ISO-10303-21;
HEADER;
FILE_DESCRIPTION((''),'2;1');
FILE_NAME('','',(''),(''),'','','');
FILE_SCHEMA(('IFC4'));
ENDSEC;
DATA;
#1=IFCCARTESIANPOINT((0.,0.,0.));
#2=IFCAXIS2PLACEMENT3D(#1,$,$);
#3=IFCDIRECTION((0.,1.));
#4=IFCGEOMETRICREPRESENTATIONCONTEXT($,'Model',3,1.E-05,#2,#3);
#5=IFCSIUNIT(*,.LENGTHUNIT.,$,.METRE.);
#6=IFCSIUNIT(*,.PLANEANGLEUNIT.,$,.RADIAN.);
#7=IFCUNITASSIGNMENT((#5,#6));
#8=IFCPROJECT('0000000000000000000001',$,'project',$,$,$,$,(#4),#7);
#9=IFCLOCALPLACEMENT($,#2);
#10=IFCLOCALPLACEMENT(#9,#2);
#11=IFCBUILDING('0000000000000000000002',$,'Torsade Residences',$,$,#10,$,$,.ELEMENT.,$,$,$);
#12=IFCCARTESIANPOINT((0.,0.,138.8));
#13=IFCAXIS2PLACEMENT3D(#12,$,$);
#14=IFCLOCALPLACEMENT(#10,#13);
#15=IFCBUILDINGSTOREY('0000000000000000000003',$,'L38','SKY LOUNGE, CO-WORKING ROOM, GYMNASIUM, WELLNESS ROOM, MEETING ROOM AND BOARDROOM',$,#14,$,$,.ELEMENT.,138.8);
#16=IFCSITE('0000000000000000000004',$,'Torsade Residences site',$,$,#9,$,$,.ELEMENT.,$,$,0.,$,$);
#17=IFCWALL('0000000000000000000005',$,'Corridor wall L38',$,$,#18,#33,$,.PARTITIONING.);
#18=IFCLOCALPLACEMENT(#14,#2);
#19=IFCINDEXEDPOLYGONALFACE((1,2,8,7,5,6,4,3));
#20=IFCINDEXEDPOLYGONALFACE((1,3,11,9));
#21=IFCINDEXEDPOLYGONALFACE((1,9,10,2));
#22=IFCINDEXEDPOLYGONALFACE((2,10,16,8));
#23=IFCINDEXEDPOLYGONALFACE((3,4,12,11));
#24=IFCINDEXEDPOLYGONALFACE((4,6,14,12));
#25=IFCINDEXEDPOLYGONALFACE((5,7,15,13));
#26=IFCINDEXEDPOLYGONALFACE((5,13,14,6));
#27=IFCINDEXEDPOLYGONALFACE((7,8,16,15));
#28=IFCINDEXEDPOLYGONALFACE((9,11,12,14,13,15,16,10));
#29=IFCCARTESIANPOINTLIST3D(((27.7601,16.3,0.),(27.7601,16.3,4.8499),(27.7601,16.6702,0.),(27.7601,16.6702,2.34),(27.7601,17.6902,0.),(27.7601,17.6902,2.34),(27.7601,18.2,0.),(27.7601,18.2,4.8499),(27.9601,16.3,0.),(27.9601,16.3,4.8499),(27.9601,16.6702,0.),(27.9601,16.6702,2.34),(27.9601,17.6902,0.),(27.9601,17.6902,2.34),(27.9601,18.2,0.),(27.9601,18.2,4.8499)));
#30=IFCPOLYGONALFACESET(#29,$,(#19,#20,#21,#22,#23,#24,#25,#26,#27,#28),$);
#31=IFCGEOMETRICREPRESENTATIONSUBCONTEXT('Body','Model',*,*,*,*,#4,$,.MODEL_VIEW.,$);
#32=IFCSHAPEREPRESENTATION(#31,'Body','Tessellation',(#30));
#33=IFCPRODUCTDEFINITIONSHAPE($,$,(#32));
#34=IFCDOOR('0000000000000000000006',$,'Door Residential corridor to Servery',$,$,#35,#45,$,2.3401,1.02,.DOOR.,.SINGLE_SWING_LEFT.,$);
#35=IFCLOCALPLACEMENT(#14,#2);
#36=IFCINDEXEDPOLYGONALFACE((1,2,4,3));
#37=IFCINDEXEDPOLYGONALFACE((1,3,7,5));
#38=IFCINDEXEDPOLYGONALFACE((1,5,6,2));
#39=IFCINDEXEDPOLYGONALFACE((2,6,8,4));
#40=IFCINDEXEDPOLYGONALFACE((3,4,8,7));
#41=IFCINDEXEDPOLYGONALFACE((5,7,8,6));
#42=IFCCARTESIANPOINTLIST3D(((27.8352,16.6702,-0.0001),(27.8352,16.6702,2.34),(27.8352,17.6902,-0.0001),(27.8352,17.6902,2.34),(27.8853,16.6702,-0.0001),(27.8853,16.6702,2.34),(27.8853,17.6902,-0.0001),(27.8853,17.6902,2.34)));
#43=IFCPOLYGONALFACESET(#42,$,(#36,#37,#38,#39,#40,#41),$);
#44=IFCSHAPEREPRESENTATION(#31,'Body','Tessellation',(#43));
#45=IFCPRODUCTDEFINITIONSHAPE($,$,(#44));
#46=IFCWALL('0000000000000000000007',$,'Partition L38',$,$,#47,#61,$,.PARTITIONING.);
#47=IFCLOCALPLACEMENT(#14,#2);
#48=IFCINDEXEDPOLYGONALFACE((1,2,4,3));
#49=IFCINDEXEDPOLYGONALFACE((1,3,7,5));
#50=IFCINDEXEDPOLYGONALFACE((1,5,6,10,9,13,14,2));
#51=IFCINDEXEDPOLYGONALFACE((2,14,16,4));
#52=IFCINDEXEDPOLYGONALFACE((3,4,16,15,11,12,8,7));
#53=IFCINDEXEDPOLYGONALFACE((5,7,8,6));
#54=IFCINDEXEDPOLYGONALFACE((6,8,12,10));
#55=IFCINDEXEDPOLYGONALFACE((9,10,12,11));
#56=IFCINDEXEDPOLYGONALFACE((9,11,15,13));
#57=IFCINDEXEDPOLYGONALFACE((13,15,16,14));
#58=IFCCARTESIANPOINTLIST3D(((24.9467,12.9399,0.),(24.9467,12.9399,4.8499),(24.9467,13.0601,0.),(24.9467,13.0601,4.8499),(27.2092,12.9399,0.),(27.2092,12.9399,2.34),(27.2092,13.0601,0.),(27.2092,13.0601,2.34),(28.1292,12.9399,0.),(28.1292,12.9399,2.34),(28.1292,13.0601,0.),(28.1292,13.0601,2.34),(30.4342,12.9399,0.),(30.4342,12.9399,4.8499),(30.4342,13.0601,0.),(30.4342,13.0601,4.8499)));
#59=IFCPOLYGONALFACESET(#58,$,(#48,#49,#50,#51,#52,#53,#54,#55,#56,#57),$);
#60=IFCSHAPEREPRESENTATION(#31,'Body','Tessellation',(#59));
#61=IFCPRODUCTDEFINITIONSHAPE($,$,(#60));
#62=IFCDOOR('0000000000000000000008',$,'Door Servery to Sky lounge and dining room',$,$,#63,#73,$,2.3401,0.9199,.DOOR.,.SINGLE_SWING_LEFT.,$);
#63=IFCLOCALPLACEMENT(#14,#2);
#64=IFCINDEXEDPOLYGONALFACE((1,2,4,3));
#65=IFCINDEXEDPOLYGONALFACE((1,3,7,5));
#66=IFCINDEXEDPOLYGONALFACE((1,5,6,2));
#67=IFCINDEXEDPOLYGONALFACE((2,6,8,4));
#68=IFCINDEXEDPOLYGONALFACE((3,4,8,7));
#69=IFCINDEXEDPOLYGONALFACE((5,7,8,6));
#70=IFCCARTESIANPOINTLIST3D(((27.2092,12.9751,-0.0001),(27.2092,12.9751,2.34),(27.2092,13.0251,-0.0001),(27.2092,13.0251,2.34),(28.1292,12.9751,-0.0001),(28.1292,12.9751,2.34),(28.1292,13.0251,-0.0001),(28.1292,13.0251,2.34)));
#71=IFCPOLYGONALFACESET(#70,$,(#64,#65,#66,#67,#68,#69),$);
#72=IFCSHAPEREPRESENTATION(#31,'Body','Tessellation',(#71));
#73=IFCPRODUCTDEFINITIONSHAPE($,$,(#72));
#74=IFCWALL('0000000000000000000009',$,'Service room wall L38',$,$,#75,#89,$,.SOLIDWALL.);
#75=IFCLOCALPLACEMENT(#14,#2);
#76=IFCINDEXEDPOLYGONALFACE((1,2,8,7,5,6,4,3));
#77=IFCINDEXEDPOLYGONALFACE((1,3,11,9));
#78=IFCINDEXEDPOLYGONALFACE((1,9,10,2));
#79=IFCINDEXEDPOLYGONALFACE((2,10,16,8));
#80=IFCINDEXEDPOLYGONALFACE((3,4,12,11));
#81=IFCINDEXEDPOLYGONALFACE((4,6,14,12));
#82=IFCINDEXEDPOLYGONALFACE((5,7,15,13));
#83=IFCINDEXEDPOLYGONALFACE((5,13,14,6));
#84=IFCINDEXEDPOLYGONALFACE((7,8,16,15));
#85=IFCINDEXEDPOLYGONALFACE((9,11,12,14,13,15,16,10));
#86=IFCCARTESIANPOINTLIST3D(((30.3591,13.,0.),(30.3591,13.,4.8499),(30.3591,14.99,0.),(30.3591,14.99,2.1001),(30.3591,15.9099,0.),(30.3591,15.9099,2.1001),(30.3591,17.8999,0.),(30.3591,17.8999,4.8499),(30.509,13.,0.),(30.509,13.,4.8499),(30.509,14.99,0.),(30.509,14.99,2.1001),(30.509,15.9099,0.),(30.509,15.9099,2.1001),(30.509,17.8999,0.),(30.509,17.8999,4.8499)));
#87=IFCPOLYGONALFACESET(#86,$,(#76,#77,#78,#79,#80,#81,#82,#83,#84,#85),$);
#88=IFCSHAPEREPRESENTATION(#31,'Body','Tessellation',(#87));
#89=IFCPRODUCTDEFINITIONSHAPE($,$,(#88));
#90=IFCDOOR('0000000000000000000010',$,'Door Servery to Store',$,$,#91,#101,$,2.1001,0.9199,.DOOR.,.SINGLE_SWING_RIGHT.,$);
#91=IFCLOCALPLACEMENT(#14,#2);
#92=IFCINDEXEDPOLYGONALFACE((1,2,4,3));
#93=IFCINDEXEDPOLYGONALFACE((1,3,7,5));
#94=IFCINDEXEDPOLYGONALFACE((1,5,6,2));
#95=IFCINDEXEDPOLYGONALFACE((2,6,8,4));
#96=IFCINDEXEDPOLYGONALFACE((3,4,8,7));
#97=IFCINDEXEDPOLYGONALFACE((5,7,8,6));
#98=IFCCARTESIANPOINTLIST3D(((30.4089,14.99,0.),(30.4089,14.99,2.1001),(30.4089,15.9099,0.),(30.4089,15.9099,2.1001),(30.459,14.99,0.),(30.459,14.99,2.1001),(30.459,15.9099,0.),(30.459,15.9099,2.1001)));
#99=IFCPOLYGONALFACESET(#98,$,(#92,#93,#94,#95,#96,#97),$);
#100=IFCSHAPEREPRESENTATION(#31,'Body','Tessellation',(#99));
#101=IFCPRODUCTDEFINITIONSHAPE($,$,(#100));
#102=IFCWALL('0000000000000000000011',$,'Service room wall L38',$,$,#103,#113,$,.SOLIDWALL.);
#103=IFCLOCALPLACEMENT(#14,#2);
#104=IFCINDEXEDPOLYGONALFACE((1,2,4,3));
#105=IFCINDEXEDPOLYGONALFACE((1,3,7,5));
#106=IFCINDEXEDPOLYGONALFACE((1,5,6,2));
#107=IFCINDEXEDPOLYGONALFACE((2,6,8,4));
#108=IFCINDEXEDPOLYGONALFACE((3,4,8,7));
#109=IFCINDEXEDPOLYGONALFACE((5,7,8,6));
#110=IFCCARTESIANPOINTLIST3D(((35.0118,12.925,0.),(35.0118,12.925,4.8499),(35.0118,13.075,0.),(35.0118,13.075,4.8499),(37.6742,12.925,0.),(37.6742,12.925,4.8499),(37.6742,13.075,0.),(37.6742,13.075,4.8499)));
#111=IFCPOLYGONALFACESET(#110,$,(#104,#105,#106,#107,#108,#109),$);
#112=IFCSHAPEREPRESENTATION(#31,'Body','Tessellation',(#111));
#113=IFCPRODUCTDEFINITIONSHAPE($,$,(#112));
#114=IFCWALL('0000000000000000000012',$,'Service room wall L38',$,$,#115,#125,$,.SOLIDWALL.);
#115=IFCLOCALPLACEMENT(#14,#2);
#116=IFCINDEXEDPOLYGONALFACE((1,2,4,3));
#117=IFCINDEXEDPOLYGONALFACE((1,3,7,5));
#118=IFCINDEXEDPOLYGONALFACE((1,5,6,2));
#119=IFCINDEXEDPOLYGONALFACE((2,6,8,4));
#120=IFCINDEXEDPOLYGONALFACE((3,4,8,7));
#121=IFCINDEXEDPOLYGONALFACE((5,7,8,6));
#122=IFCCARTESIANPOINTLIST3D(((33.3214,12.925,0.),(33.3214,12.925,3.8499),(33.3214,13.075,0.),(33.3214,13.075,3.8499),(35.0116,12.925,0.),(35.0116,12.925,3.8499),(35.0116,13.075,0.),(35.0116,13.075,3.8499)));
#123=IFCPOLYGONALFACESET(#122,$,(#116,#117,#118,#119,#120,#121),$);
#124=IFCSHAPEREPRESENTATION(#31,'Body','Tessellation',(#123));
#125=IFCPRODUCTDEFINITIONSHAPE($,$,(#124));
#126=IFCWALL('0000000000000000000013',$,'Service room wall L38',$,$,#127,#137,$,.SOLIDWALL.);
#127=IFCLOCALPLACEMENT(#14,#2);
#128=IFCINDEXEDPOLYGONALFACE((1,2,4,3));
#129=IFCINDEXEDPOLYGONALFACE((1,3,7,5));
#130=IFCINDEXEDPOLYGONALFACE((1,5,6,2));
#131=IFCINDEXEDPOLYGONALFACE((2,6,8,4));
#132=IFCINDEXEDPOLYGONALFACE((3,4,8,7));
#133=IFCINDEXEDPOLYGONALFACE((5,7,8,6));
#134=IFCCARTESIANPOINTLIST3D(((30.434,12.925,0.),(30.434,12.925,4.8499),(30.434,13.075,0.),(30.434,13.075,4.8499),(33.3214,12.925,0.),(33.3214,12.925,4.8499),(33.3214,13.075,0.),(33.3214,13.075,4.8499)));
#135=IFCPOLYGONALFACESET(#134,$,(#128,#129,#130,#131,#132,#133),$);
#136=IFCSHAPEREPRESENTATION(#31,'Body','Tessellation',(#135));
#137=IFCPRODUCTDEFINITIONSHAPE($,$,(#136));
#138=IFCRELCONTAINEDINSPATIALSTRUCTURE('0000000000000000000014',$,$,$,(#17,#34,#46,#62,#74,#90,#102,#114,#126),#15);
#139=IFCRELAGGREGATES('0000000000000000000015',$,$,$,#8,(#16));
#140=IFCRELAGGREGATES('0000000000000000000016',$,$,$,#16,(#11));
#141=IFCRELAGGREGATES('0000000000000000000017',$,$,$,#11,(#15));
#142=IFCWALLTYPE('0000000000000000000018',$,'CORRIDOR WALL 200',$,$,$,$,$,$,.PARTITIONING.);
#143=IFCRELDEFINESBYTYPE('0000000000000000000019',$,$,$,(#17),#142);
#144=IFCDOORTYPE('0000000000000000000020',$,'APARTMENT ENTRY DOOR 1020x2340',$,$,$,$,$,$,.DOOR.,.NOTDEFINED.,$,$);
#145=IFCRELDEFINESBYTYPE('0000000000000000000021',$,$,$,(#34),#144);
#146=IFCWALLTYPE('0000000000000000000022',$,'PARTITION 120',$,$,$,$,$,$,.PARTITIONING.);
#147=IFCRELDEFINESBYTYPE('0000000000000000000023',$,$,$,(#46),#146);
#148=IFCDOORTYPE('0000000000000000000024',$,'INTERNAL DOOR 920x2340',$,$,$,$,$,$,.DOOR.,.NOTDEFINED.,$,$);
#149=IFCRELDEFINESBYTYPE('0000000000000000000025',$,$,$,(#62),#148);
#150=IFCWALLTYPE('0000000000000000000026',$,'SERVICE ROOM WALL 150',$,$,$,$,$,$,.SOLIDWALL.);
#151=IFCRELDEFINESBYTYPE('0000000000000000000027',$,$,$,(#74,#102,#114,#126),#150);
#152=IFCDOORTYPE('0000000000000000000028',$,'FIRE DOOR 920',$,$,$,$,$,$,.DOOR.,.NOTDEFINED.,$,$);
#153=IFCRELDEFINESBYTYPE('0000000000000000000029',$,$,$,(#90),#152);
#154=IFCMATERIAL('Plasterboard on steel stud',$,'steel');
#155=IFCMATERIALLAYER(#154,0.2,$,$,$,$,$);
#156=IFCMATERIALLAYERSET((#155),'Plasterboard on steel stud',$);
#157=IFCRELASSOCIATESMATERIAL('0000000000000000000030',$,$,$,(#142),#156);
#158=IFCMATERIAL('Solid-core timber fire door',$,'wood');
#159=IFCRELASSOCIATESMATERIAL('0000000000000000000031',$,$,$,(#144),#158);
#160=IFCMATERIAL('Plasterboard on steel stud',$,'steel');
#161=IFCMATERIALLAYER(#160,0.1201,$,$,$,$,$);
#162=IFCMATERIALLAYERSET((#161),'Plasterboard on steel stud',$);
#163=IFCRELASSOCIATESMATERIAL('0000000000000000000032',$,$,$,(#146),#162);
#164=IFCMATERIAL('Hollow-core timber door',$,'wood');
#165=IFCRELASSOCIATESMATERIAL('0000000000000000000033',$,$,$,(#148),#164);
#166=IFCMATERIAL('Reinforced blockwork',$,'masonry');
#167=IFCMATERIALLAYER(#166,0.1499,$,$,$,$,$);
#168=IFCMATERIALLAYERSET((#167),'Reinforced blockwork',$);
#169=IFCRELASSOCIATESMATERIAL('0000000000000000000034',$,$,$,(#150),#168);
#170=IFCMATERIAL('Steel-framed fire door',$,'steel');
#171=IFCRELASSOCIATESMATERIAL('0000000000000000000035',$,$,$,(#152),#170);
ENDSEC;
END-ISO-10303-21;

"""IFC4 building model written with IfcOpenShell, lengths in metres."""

from ifc_helpers import new_model, si_unit, direction, frame, frame_2d, origin, place, context, subcontext, project, spatial, rectangle, extrude, material, layer, layer_set, type_object, element, fill, save


model = new_model("IFC4")

# Units and contexts
model_context = context("Model", 3, precision=1e-05, world=origin(), true_north=direction((0.0, 1.0)))
body_context = subcontext(model_context, "Body", "Model", "MODEL_VIEW")
ifc_project = project(units=[si_unit("LENGTHUNIT", "METRE"), si_unit("PLANEANGLEUNIT", "RADIAN")], contexts=[model_context])

# Site, building, storey
site_placement = place(None, origin())
site = spatial("IfcSite", under=ifc_project, at=site_placement, Name="Torsade Residences site", CompositionType="ELEMENT", RefElevation=0.0)
building_placement = place(site_placement, origin())
building = spatial("IfcBuilding", under=site, at=building_placement, Name="Torsade Residences", CompositionType="ELEMENT")
storey_placement = place(building_placement, frame((0.0, 0.0, 138.8)))
storey = spatial("IfcBuildingStorey", under=building, at=storey_placement, Name="L38", Description="SKY LOUNGE, CO-WORKING ROOM, GYMNASIUM, WELLNESS ROOM, MEETING ROOM AND BOARDROOM", CompositionType="ELEMENT", Elevation=138.8)

# Shared definitions
ifc_material_1 = material(Name="Plasterboard on steel stud", Category="steel")
ifc_layer_1 = layer(ifc_material_1, 0.2)
ifc_layer_set_1 = layer_set([ifc_layer_1], Name="Plasterboard on steel stud")
wall_type_1 = type_object("IfcWallType", Name="CORRIDOR WALL 200", PredefinedType="PARTITIONING", material=ifc_layer_set_1)
ifc_material_2 = material(Name="Solid-core timber fire door", Category="wood")
door_type_1 = type_object("IfcDoorType", Name="APARTMENT ENTRY DOOR 1020x2340", OperationType="NOTDEFINED", PredefinedType="DOOR", material=ifc_material_2)

# Walls, openings, doors
wall_1_placement = place(storey_placement, frame((27.8601, 16.3, 0.0), z_axis=(0.0, 0.0, 1.0), x_axis=(0.0, 1.0, 0.0)))
wall_1 = element("IfcWall", 1, at=wall_1_placement, inside=storey, type_object=wall_type_1, Name="Corridor wall L38", PredefinedType="PARTITIONING", context=body_context, shape_type="SweptSolid", body=[
    extrude(rectangle(XDim=1.8999, YDim=0.2, at=frame_2d((0.95, 0.0))), origin(), (0.0, 0.0, 1.0), 4.8499),
])
opening_1_placement = place(wall_1_placement, frame((0.3701, 0.0, 0.0)))
opening_1 = element("IfcOpeningElement", 2, at=opening_1_placement, cuts=wall_1, PredefinedType="OPENING", context=body_context, shape_type="SweptSolid", body=[
    extrude(rectangle(XDim=1.02, YDim=2.3401, at=frame_2d((0.51, 1.1699))), frame((0.0, 0.1099, 0.0), z_axis=(0.0, -1.0, 0.0), x_axis=(1.0, 0.0, 0.0)), (0.0, 0.0, 1.0), 0.22),
])
door_1_placement = place(opening_1_placement, origin())
door_1 = element("IfcDoor", 3, at=door_1_placement, inside=storey, type_object=door_type_1, Name="Door Residential corridor to Servery", OperationType="SINGLE_SWING_LEFT", OverallHeight=2.3401, OverallWidth=1.02, PredefinedType="DOOR", context=body_context, shape_type="SweptSolid", body=[
    extrude(rectangle(XDim=1.02, YDim=2.3401, at=frame_2d((0.51, 1.1699))), frame((0.0, 0.0249, 0.0), z_axis=(0.0, -1.0, 0.0), x_axis=(1.0, 0.0, 0.0)), (0.0, 0.0, 1.0), 0.05),
])
fill(opening_1, door_1)
ifc_material_3 = material(Name="Plasterboard on steel stud", Category="steel")
ifc_layer_2 = layer(ifc_material_3, 0.1201)
ifc_layer_set_2 = layer_set([ifc_layer_2], Name="Plasterboard on steel stud")
wall_type_2 = type_object("IfcWallType", Name="PARTITION 120", PredefinedType="PARTITIONING", material=ifc_layer_set_2)
wall_2_placement = place(storey_placement, frame((30.4341, 13.0, 0.0), z_axis=(0.0, 0.0, 1.0), x_axis=(-1.0, 0.0, 0.0)))
wall_2 = element("IfcWall", 4, at=wall_2_placement, inside=storey, type_object=wall_type_2, Name="Partition L38", PredefinedType="PARTITIONING", context=body_context, shape_type="SweptSolid", body=[
    extrude(rectangle(XDim=5.4875, YDim=0.1201, at=frame_2d((2.7437, 0.0))), origin(), (0.0, 0.0, 1.0), 4.8499),
])
opening_2_placement = place(wall_2_placement, frame((2.3049, 0.0, 0.0)))
opening_2 = element("IfcOpeningElement", 5, at=opening_2_placement, cuts=wall_2, PredefinedType="OPENING", context=body_context, shape_type="SweptSolid", body=[
    extrude(rectangle(XDim=0.9199, YDim=2.3401, at=frame_2d((0.46, 1.1699))), frame((0.0, 0.0701, 0.0), z_axis=(0.0, -1.0, 0.0), x_axis=(1.0, 0.0, 0.0)), (0.0, 0.0, 1.0), 0.1401),
])
ifc_material_4 = material(Name="Hollow-core timber door", Category="wood")
door_type_2 = type_object("IfcDoorType", Name="INTERNAL DOOR 920x2340", OperationType="NOTDEFINED", PredefinedType="DOOR", material=ifc_material_4)
door_2_placement = place(opening_2_placement, origin())
door_2 = element("IfcDoor", 6, at=door_2_placement, inside=storey, type_object=door_type_2, Name="Door Servery to Sky lounge and dining room", OperationType="SINGLE_SWING_LEFT", OverallHeight=2.3401, OverallWidth=0.9199, PredefinedType="DOOR", context=body_context, shape_type="SweptSolid", body=[
    extrude(rectangle(XDim=0.9199, YDim=2.3401, at=frame_2d((0.46, 1.1699))), frame((0.0, 0.0249, 0.0), z_axis=(0.0, -1.0, 0.0), x_axis=(1.0, 0.0, 0.0)), (0.0, 0.0, 1.0), 0.05),
])
fill(opening_2, door_2)
ifc_material_5 = material(Name="Reinforced blockwork", Category="masonry")
ifc_layer_3 = layer(ifc_material_5, 0.1499)
ifc_layer_set_3 = layer_set([ifc_layer_3], Name="Reinforced blockwork")
wall_type_3 = type_object("IfcWallType", Name="SERVICE ROOM WALL 150", PredefinedType="SOLIDWALL", material=ifc_layer_set_3)
wall_3_placement = place(storey_placement, frame((30.4341, 17.8999, 0.0), z_axis=(0.0, 0.0, 1.0), x_axis=(0.0, -1.0, 0.0)))
wall_3 = element("IfcWall", 7, at=wall_3_placement, inside=storey, type_object=wall_type_3, Name="Service room wall L38", PredefinedType="SOLIDWALL", context=body_context, shape_type="SweptSolid", body=[
    extrude(rectangle(XDim=4.8999, YDim=0.1499, at=frame_2d((2.45, 0.0))), origin(), (0.0, 0.0, 1.0), 4.8499),
])
opening_3_placement = place(wall_3_placement, frame((1.99, 0.0, 0.0)))
opening_3 = element("IfcOpeningElement", 8, at=opening_3_placement, cuts=wall_3, PredefinedType="OPENING", context=body_context, shape_type="SweptSolid", body=[
    extrude(rectangle(XDim=0.9199, YDim=2.1001, at=frame_2d((0.46, 1.05))), frame((0.0, 0.085, 0.0), z_axis=(0.0, -1.0, 0.0), x_axis=(1.0, 0.0, 0.0)), (0.0, 0.0, 1.0), 0.1699),
])
ifc_material_6 = material(Name="Steel-framed fire door", Category="steel")
door_type_3 = type_object("IfcDoorType", Name="FIRE DOOR 920", OperationType="NOTDEFINED", PredefinedType="DOOR", material=ifc_material_6)
door_3_placement = place(opening_3_placement, origin())
door_3 = element("IfcDoor", 9, at=door_3_placement, inside=storey, type_object=door_type_3, Name="Door Servery to Store", OperationType="SINGLE_SWING_RIGHT", OverallHeight=2.1001, OverallWidth=0.9199, PredefinedType="DOOR", context=body_context, shape_type="SweptSolid", body=[
    extrude(rectangle(XDim=0.9199, YDim=2.1001, at=frame_2d((0.46, 1.05))), frame((0.0, 0.0249, 0.0), z_axis=(0.0, -1.0, 0.0), x_axis=(1.0, 0.0, 0.0)), (0.0, 0.0, 1.0), 0.05),
])
fill(opening_3, door_3)

# Walls
wall_4_placement = place(storey_placement, frame((37.6741, 13.0, 0.0), z_axis=(0.0, 0.0, 1.0), x_axis=(-1.0, 0.0, 0.0)))
element("IfcWall", 10, at=wall_4_placement, inside=storey, type_object=wall_type_3, Name="Service room wall L38", PredefinedType="SOLIDWALL", context=body_context, shape_type="SweptSolid", body=[
    extrude(rectangle(XDim=2.6624, YDim=0.1499, at=frame_2d((1.3311, 0.0))), origin(), (0.0, 0.0, 1.0), 4.8499),
])
wall_5_placement = place(storey_placement, frame((35.0117, 13.0, 0.0), z_axis=(0.0, 0.0, 1.0), x_axis=(-1.0, 0.0, 0.0)))
element("IfcWall", 11, at=wall_5_placement, inside=storey, type_object=wall_type_3, Name="Service room wall L38", PredefinedType="SOLIDWALL", context=body_context, shape_type="SweptSolid", body=[
    extrude(rectangle(XDim=1.6902, YDim=0.1499, at=frame_2d((0.8452, 0.0))), origin(), (0.0, 0.0, 1.0), 3.8499),
])
wall_6_placement = place(storey_placement, frame((33.3215, 13.0, 0.0), z_axis=(0.0, 0.0, 1.0), x_axis=(-1.0, 0.0, 0.0)))
element("IfcWall", 12, at=wall_6_placement, inside=storey, type_object=wall_type_3, Name="Service room wall L38", PredefinedType="SOLIDWALL", context=body_context, shape_type="SweptSolid", body=[
    extrude(rectangle(XDim=2.8875, YDim=0.1499, at=frame_2d((1.4438, 0.0))), origin(), (0.0, 0.0, 1.0), 4.8499),
])

save(model, "model.ifc")
